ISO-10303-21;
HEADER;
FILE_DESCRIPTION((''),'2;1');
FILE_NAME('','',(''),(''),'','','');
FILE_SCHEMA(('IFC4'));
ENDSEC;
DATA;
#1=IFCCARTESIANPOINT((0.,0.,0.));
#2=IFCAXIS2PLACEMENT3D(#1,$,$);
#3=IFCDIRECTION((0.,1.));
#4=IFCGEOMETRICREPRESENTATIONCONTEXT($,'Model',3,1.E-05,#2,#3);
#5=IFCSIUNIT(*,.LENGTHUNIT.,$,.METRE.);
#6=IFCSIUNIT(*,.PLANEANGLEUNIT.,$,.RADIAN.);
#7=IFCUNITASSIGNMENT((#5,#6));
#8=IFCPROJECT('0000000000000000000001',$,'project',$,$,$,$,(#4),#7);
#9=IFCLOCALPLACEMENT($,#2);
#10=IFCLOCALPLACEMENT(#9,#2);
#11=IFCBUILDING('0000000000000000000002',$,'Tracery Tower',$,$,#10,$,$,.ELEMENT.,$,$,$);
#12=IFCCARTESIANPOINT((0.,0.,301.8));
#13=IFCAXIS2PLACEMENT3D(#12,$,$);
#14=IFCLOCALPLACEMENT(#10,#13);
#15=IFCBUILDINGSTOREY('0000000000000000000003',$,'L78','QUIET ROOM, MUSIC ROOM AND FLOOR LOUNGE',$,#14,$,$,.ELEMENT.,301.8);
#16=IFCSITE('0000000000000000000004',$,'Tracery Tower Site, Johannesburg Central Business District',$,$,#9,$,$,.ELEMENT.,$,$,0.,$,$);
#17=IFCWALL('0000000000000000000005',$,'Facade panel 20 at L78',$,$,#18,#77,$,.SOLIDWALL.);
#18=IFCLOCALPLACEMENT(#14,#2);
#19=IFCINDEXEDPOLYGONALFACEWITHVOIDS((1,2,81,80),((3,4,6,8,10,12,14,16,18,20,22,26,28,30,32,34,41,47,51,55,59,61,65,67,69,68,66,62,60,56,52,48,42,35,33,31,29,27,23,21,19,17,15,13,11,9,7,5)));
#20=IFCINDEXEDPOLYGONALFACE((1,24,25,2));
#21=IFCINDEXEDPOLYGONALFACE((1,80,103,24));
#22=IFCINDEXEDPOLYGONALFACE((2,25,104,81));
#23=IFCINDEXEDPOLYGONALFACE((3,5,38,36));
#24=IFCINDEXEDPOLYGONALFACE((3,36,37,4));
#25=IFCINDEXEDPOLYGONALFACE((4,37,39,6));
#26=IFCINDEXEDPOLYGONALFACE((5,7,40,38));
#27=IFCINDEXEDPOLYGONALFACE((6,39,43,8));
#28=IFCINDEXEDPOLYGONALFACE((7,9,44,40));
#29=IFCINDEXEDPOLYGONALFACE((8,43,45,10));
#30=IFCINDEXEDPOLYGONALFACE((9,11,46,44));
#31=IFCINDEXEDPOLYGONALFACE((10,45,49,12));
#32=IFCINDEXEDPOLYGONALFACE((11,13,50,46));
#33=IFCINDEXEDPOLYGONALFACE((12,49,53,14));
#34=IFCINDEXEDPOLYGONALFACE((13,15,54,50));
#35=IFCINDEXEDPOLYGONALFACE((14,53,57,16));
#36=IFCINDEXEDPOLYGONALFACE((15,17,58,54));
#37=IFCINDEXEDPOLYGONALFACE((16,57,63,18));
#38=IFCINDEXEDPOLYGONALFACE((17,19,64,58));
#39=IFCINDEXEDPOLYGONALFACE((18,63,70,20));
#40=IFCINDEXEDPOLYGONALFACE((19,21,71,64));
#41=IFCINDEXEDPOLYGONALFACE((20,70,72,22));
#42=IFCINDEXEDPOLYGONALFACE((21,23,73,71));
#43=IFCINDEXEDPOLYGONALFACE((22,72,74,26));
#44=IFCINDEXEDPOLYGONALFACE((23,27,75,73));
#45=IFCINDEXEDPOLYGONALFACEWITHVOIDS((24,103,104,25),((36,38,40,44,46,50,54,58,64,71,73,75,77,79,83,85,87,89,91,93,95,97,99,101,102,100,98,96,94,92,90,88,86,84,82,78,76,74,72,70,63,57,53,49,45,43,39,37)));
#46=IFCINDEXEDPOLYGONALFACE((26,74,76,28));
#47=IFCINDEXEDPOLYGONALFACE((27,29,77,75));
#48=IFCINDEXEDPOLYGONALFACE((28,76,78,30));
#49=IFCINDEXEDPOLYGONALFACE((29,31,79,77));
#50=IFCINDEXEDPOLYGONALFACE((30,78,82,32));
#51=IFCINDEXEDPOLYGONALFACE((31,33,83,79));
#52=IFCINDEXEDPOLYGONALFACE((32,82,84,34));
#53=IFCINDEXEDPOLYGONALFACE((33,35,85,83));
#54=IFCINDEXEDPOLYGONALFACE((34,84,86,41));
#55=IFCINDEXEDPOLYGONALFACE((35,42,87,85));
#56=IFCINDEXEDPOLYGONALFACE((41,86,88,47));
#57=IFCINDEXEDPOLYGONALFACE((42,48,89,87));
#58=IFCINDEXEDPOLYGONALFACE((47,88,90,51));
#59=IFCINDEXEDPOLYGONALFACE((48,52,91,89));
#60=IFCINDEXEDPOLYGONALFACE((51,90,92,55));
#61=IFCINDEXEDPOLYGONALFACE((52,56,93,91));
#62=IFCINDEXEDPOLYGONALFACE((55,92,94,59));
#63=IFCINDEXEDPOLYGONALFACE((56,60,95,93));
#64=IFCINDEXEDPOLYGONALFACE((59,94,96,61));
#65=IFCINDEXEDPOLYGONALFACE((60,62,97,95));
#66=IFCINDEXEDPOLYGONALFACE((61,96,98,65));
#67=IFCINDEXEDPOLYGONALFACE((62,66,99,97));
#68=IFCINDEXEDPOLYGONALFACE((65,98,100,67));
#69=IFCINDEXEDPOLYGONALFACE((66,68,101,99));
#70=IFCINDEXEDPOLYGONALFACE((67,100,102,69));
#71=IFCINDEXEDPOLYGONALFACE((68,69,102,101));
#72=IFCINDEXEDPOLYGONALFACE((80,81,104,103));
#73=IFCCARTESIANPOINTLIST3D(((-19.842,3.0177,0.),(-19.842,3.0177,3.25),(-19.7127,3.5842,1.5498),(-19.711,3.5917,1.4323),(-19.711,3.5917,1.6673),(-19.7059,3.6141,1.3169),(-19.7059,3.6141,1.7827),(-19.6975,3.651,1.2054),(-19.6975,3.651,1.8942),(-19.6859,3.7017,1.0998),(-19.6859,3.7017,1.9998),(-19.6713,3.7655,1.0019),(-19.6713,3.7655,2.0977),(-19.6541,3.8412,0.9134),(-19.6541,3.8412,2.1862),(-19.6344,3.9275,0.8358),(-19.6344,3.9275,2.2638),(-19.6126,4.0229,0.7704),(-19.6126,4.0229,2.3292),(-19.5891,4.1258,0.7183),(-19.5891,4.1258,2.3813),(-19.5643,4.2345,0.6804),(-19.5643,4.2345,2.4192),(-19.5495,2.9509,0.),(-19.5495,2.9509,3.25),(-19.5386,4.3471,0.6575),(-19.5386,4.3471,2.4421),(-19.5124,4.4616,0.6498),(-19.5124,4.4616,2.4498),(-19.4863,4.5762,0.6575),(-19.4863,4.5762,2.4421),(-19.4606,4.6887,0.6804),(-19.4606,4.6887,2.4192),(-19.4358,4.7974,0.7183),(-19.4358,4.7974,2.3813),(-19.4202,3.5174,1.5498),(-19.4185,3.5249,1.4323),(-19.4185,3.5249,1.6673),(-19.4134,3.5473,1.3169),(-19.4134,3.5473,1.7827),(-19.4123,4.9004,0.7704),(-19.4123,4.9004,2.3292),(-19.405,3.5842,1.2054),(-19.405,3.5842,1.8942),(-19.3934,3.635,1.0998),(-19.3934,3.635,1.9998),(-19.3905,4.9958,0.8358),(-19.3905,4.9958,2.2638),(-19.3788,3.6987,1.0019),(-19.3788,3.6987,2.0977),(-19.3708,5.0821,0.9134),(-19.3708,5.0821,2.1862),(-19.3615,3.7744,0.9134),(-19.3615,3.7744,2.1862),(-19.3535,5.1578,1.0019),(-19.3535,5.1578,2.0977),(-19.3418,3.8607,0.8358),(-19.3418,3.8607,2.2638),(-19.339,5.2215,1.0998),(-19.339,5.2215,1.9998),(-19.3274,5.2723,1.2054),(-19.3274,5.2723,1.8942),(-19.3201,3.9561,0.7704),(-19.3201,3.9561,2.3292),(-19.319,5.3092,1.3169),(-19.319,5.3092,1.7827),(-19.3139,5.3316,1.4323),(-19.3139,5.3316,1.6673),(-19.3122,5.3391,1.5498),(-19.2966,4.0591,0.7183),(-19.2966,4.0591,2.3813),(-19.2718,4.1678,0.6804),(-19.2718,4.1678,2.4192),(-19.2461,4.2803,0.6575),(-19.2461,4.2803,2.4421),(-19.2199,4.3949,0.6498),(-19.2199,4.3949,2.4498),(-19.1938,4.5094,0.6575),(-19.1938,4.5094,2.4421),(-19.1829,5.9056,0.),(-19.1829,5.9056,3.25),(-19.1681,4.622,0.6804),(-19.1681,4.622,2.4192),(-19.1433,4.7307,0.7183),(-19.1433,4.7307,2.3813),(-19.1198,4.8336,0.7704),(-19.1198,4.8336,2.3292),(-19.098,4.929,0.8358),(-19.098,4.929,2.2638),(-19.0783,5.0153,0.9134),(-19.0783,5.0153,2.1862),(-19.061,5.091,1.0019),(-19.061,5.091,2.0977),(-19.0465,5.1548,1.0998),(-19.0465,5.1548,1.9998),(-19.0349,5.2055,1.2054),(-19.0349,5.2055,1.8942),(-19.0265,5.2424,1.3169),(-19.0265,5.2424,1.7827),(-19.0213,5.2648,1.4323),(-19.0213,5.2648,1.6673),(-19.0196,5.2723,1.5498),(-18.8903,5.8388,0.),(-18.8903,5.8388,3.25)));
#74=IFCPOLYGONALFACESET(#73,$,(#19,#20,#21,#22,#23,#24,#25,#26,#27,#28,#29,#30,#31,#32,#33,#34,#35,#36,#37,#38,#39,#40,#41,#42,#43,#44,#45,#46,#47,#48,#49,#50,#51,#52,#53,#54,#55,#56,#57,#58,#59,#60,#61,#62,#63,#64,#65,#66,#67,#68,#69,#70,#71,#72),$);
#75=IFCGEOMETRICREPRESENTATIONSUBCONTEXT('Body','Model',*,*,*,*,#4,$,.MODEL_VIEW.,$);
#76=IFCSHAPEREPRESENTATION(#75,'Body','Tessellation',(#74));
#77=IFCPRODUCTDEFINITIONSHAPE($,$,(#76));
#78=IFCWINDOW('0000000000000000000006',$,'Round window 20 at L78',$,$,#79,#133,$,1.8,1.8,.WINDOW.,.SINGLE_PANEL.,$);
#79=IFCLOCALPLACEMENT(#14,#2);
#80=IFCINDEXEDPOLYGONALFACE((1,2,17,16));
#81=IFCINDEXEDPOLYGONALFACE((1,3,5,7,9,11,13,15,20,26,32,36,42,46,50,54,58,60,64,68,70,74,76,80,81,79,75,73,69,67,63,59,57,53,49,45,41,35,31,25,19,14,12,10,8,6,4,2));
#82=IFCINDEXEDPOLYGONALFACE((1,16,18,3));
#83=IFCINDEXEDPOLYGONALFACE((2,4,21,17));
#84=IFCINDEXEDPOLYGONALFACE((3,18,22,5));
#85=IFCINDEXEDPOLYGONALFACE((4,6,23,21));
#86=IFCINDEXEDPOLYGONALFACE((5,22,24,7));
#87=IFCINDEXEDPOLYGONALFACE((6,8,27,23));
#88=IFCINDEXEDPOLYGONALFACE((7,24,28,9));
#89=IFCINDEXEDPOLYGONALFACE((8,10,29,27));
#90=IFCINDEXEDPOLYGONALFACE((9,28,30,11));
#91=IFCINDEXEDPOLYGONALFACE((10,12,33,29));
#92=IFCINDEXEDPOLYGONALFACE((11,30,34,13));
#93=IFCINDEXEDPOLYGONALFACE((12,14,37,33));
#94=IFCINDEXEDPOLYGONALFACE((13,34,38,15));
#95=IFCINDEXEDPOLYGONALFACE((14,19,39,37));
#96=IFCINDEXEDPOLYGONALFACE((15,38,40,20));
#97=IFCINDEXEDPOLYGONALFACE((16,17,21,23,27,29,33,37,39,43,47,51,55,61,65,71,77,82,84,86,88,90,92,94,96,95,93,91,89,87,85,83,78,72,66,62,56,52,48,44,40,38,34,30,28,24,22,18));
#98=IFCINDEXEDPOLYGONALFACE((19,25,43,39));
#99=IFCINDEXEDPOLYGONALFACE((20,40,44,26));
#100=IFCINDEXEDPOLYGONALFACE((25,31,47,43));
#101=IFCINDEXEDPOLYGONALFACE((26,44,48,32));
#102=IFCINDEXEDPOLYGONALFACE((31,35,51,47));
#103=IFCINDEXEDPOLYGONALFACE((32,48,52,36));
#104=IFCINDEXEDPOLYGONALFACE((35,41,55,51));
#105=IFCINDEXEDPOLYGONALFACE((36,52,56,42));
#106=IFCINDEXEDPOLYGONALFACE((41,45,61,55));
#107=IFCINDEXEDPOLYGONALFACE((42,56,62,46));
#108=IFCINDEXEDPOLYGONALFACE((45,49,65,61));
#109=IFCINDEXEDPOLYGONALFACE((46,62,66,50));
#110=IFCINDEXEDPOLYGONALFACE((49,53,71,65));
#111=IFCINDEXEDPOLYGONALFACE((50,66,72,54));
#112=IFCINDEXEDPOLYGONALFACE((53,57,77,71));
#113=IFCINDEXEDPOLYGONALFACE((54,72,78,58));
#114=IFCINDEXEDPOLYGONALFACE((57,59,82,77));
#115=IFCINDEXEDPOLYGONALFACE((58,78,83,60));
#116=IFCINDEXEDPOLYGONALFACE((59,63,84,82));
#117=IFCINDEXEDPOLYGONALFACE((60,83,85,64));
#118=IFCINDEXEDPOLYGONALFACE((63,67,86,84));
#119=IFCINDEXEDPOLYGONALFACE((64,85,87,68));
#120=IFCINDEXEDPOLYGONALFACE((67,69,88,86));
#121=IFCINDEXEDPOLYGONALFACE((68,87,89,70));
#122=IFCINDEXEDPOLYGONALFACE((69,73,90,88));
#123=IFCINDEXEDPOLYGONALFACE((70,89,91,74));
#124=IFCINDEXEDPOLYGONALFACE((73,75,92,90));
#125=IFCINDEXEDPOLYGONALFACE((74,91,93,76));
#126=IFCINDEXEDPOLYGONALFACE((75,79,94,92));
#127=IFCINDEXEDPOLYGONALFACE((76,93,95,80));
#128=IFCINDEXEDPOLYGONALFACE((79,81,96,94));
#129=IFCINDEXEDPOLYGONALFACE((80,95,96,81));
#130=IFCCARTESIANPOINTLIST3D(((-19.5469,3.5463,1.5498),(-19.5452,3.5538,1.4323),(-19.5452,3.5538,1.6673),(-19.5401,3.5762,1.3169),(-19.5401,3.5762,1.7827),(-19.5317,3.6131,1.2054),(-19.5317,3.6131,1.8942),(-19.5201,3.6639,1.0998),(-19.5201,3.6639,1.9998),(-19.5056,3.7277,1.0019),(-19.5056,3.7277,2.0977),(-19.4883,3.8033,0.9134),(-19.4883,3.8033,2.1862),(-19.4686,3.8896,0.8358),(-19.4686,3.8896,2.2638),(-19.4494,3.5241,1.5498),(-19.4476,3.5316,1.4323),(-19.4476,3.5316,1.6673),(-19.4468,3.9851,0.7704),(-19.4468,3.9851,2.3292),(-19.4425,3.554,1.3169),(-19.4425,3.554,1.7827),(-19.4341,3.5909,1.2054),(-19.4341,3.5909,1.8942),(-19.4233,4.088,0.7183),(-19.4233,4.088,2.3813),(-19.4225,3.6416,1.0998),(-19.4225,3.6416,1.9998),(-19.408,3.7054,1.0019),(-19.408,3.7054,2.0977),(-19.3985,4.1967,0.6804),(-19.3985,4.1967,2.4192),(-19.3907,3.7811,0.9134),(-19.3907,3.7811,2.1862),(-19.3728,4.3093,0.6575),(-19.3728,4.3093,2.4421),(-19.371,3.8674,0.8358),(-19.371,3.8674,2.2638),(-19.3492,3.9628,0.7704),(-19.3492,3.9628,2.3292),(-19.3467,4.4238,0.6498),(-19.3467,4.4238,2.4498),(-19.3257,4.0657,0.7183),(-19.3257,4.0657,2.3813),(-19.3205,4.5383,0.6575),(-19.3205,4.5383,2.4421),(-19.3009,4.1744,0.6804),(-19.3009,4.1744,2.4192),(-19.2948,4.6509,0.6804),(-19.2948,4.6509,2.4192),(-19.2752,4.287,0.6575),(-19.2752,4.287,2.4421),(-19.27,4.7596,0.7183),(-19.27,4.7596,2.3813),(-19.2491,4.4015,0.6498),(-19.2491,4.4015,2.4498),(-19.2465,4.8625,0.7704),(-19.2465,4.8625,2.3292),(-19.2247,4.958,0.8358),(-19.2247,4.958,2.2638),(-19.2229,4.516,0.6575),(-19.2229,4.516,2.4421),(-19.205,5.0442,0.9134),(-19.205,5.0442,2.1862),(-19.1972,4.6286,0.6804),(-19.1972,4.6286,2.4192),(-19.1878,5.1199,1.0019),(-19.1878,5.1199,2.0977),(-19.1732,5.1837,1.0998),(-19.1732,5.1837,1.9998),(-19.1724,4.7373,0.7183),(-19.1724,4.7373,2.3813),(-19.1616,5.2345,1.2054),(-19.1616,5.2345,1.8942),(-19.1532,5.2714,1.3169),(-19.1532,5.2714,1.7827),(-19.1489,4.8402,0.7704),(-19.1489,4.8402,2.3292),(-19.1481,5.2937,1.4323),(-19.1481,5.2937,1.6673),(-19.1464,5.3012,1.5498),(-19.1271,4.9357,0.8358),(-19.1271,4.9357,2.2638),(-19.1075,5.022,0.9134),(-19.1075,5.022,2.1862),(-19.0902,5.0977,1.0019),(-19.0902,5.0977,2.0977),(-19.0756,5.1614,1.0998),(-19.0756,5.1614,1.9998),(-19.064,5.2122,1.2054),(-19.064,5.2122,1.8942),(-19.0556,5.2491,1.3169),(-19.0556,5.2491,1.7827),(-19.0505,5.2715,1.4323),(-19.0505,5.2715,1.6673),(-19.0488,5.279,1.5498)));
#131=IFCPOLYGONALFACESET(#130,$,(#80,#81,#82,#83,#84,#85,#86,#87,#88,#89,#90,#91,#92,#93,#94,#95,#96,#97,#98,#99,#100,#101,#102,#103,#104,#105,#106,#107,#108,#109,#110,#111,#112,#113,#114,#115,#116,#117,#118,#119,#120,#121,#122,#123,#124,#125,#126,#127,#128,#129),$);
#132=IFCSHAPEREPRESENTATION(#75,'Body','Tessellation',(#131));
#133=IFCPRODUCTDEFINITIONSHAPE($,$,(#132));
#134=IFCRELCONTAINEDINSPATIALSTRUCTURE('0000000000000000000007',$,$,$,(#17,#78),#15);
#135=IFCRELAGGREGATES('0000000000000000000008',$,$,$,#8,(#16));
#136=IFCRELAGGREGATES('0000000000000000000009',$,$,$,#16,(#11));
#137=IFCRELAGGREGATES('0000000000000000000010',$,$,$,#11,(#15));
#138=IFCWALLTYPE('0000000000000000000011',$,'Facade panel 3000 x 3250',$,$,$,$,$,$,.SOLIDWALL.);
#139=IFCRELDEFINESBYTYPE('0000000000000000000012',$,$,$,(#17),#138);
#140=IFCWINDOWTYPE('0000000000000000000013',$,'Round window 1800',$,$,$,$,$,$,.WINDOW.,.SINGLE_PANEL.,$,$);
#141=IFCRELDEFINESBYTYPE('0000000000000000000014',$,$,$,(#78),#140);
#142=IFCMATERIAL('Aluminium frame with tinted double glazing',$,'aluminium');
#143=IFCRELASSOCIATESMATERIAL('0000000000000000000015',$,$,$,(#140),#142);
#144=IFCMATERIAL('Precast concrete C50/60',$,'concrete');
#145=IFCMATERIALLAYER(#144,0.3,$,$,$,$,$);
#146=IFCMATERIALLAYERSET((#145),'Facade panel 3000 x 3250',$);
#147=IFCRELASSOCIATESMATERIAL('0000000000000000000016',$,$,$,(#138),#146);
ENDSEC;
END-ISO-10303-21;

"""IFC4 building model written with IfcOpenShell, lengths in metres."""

from ifc_helpers import new_model, si_unit, direction, frame, frame_2d, origin, origin_2d, place, context, subcontext, project, spatial, rectangle, circle, extrude, material, layer, layer_set, type_object, element, fill, save


model = new_model("IFC4")

# Units and contexts
model_context = context("Model", 3, precision=1e-05, world=origin(), true_north=direction((0.0, 1.0)))
body_context = subcontext(model_context, "Body", "Model", "MODEL_VIEW")
ifc_project = project(units=[si_unit("LENGTHUNIT", "METRE"), si_unit("PLANEANGLEUNIT", "RADIAN")], contexts=[model_context])

# Site, building, storey
site_placement = place(None, origin())
site = spatial("IfcSite", under=ifc_project, at=site_placement, Name="Tracery Tower Site, Johannesburg Central Business District", CompositionType="ELEMENT", RefElevation=0.0)
building_placement = place(site_placement, origin())
building = spatial("IfcBuilding", under=site, at=building_placement, Name="Tracery Tower", CompositionType="ELEMENT")
storey_placement = place(building_placement, frame((0.0, 0.0, 301.8)))
storey = spatial("IfcBuildingStorey", under=building, at=storey_placement, Name="L78", Description="QUIET ROOM, MUSIC ROOM AND FLOOR LOUNGE", CompositionType="ELEMENT", Elevation=301.8)

# Wall, opening, window
ifc_material_1 = material(Name="Aluminium frame with tinted double glazing", Category="aluminium")
window_type = type_object("IfcWindowType", Name="Round window 1800", PartitioningType="SINGLE_PANEL", PredefinedType="WINDOW", material=ifc_material_1)
ifc_material_2 = material(Name="Precast concrete C50/60", Category="concrete")
ifc_layer_1 = layer(ifc_material_2, 0.3)
ifc_layer_set_1 = layer_set([ifc_layer_1], Name="Facade panel 3000 x 3250")
wall_type_1 = type_object("IfcWallType", Name="Facade panel 3000 x 3250", PredefinedType="SOLIDWALL", material=ifc_layer_set_1)
wall_1_placement = place(storey_placement, frame((-19.0366, 5.8721, 0.0), z_axis=(0.0, 0.0, 1.0), x_axis=(-0.222529, -0.974926, 0.0)))
wall_1 = element("IfcWall", 1, at=wall_1_placement, inside=storey, type_object=wall_type_1, Name="Facade panel 20 at L78", PredefinedType="SOLIDWALL", context=body_context, shape_type="SweptSolid", body=[
    extrude(rectangle(XDim=2.9622, YDim=0.3, at=frame_2d((1.481, 0.0))), origin(), (0.0, 0.0, 1.0), 3.25),
])
opening_1_placement = place(wall_1_placement, frame((1.481, 0.0, 1.5498)))
opening_1 = element("IfcOpeningElement", 2, at=opening_1_placement, cuts=wall_1, PredefinedType="OPENING", context=body_context, shape_type="SweptSolid", body=[
    extrude(circle(Radius=0.9, at=origin_2d()), frame((0.0, 0.1599, 0.0), z_axis=(0.0, -1.0, 0.0), x_axis=(1.0, 0.0, 0.0)), (0.0, 0.0, 1.0), 0.3201),
])
window_1_placement = place(opening_1_placement, origin())
window_1 = element("IfcWindow", 3, at=window_1_placement, inside=storey, type_object=window_type, Name="Round window 20 at L78", OverallHeight=1.8, OverallWidth=1.8, PartitioningType="SINGLE_PANEL", PredefinedType="WINDOW", context=body_context, shape_type="SweptSolid", body=[
    extrude(circle(Radius=0.9, at=origin_2d()), frame((0.0, 0.1201, 0.0), z_axis=(0.0, -1.0, 0.0), x_axis=(1.0, 0.0, 0.0)), (0.0, 0.0, 1.0), 0.1001),
])
fill(opening_1, window_1)

save(model, "model.ifc")
